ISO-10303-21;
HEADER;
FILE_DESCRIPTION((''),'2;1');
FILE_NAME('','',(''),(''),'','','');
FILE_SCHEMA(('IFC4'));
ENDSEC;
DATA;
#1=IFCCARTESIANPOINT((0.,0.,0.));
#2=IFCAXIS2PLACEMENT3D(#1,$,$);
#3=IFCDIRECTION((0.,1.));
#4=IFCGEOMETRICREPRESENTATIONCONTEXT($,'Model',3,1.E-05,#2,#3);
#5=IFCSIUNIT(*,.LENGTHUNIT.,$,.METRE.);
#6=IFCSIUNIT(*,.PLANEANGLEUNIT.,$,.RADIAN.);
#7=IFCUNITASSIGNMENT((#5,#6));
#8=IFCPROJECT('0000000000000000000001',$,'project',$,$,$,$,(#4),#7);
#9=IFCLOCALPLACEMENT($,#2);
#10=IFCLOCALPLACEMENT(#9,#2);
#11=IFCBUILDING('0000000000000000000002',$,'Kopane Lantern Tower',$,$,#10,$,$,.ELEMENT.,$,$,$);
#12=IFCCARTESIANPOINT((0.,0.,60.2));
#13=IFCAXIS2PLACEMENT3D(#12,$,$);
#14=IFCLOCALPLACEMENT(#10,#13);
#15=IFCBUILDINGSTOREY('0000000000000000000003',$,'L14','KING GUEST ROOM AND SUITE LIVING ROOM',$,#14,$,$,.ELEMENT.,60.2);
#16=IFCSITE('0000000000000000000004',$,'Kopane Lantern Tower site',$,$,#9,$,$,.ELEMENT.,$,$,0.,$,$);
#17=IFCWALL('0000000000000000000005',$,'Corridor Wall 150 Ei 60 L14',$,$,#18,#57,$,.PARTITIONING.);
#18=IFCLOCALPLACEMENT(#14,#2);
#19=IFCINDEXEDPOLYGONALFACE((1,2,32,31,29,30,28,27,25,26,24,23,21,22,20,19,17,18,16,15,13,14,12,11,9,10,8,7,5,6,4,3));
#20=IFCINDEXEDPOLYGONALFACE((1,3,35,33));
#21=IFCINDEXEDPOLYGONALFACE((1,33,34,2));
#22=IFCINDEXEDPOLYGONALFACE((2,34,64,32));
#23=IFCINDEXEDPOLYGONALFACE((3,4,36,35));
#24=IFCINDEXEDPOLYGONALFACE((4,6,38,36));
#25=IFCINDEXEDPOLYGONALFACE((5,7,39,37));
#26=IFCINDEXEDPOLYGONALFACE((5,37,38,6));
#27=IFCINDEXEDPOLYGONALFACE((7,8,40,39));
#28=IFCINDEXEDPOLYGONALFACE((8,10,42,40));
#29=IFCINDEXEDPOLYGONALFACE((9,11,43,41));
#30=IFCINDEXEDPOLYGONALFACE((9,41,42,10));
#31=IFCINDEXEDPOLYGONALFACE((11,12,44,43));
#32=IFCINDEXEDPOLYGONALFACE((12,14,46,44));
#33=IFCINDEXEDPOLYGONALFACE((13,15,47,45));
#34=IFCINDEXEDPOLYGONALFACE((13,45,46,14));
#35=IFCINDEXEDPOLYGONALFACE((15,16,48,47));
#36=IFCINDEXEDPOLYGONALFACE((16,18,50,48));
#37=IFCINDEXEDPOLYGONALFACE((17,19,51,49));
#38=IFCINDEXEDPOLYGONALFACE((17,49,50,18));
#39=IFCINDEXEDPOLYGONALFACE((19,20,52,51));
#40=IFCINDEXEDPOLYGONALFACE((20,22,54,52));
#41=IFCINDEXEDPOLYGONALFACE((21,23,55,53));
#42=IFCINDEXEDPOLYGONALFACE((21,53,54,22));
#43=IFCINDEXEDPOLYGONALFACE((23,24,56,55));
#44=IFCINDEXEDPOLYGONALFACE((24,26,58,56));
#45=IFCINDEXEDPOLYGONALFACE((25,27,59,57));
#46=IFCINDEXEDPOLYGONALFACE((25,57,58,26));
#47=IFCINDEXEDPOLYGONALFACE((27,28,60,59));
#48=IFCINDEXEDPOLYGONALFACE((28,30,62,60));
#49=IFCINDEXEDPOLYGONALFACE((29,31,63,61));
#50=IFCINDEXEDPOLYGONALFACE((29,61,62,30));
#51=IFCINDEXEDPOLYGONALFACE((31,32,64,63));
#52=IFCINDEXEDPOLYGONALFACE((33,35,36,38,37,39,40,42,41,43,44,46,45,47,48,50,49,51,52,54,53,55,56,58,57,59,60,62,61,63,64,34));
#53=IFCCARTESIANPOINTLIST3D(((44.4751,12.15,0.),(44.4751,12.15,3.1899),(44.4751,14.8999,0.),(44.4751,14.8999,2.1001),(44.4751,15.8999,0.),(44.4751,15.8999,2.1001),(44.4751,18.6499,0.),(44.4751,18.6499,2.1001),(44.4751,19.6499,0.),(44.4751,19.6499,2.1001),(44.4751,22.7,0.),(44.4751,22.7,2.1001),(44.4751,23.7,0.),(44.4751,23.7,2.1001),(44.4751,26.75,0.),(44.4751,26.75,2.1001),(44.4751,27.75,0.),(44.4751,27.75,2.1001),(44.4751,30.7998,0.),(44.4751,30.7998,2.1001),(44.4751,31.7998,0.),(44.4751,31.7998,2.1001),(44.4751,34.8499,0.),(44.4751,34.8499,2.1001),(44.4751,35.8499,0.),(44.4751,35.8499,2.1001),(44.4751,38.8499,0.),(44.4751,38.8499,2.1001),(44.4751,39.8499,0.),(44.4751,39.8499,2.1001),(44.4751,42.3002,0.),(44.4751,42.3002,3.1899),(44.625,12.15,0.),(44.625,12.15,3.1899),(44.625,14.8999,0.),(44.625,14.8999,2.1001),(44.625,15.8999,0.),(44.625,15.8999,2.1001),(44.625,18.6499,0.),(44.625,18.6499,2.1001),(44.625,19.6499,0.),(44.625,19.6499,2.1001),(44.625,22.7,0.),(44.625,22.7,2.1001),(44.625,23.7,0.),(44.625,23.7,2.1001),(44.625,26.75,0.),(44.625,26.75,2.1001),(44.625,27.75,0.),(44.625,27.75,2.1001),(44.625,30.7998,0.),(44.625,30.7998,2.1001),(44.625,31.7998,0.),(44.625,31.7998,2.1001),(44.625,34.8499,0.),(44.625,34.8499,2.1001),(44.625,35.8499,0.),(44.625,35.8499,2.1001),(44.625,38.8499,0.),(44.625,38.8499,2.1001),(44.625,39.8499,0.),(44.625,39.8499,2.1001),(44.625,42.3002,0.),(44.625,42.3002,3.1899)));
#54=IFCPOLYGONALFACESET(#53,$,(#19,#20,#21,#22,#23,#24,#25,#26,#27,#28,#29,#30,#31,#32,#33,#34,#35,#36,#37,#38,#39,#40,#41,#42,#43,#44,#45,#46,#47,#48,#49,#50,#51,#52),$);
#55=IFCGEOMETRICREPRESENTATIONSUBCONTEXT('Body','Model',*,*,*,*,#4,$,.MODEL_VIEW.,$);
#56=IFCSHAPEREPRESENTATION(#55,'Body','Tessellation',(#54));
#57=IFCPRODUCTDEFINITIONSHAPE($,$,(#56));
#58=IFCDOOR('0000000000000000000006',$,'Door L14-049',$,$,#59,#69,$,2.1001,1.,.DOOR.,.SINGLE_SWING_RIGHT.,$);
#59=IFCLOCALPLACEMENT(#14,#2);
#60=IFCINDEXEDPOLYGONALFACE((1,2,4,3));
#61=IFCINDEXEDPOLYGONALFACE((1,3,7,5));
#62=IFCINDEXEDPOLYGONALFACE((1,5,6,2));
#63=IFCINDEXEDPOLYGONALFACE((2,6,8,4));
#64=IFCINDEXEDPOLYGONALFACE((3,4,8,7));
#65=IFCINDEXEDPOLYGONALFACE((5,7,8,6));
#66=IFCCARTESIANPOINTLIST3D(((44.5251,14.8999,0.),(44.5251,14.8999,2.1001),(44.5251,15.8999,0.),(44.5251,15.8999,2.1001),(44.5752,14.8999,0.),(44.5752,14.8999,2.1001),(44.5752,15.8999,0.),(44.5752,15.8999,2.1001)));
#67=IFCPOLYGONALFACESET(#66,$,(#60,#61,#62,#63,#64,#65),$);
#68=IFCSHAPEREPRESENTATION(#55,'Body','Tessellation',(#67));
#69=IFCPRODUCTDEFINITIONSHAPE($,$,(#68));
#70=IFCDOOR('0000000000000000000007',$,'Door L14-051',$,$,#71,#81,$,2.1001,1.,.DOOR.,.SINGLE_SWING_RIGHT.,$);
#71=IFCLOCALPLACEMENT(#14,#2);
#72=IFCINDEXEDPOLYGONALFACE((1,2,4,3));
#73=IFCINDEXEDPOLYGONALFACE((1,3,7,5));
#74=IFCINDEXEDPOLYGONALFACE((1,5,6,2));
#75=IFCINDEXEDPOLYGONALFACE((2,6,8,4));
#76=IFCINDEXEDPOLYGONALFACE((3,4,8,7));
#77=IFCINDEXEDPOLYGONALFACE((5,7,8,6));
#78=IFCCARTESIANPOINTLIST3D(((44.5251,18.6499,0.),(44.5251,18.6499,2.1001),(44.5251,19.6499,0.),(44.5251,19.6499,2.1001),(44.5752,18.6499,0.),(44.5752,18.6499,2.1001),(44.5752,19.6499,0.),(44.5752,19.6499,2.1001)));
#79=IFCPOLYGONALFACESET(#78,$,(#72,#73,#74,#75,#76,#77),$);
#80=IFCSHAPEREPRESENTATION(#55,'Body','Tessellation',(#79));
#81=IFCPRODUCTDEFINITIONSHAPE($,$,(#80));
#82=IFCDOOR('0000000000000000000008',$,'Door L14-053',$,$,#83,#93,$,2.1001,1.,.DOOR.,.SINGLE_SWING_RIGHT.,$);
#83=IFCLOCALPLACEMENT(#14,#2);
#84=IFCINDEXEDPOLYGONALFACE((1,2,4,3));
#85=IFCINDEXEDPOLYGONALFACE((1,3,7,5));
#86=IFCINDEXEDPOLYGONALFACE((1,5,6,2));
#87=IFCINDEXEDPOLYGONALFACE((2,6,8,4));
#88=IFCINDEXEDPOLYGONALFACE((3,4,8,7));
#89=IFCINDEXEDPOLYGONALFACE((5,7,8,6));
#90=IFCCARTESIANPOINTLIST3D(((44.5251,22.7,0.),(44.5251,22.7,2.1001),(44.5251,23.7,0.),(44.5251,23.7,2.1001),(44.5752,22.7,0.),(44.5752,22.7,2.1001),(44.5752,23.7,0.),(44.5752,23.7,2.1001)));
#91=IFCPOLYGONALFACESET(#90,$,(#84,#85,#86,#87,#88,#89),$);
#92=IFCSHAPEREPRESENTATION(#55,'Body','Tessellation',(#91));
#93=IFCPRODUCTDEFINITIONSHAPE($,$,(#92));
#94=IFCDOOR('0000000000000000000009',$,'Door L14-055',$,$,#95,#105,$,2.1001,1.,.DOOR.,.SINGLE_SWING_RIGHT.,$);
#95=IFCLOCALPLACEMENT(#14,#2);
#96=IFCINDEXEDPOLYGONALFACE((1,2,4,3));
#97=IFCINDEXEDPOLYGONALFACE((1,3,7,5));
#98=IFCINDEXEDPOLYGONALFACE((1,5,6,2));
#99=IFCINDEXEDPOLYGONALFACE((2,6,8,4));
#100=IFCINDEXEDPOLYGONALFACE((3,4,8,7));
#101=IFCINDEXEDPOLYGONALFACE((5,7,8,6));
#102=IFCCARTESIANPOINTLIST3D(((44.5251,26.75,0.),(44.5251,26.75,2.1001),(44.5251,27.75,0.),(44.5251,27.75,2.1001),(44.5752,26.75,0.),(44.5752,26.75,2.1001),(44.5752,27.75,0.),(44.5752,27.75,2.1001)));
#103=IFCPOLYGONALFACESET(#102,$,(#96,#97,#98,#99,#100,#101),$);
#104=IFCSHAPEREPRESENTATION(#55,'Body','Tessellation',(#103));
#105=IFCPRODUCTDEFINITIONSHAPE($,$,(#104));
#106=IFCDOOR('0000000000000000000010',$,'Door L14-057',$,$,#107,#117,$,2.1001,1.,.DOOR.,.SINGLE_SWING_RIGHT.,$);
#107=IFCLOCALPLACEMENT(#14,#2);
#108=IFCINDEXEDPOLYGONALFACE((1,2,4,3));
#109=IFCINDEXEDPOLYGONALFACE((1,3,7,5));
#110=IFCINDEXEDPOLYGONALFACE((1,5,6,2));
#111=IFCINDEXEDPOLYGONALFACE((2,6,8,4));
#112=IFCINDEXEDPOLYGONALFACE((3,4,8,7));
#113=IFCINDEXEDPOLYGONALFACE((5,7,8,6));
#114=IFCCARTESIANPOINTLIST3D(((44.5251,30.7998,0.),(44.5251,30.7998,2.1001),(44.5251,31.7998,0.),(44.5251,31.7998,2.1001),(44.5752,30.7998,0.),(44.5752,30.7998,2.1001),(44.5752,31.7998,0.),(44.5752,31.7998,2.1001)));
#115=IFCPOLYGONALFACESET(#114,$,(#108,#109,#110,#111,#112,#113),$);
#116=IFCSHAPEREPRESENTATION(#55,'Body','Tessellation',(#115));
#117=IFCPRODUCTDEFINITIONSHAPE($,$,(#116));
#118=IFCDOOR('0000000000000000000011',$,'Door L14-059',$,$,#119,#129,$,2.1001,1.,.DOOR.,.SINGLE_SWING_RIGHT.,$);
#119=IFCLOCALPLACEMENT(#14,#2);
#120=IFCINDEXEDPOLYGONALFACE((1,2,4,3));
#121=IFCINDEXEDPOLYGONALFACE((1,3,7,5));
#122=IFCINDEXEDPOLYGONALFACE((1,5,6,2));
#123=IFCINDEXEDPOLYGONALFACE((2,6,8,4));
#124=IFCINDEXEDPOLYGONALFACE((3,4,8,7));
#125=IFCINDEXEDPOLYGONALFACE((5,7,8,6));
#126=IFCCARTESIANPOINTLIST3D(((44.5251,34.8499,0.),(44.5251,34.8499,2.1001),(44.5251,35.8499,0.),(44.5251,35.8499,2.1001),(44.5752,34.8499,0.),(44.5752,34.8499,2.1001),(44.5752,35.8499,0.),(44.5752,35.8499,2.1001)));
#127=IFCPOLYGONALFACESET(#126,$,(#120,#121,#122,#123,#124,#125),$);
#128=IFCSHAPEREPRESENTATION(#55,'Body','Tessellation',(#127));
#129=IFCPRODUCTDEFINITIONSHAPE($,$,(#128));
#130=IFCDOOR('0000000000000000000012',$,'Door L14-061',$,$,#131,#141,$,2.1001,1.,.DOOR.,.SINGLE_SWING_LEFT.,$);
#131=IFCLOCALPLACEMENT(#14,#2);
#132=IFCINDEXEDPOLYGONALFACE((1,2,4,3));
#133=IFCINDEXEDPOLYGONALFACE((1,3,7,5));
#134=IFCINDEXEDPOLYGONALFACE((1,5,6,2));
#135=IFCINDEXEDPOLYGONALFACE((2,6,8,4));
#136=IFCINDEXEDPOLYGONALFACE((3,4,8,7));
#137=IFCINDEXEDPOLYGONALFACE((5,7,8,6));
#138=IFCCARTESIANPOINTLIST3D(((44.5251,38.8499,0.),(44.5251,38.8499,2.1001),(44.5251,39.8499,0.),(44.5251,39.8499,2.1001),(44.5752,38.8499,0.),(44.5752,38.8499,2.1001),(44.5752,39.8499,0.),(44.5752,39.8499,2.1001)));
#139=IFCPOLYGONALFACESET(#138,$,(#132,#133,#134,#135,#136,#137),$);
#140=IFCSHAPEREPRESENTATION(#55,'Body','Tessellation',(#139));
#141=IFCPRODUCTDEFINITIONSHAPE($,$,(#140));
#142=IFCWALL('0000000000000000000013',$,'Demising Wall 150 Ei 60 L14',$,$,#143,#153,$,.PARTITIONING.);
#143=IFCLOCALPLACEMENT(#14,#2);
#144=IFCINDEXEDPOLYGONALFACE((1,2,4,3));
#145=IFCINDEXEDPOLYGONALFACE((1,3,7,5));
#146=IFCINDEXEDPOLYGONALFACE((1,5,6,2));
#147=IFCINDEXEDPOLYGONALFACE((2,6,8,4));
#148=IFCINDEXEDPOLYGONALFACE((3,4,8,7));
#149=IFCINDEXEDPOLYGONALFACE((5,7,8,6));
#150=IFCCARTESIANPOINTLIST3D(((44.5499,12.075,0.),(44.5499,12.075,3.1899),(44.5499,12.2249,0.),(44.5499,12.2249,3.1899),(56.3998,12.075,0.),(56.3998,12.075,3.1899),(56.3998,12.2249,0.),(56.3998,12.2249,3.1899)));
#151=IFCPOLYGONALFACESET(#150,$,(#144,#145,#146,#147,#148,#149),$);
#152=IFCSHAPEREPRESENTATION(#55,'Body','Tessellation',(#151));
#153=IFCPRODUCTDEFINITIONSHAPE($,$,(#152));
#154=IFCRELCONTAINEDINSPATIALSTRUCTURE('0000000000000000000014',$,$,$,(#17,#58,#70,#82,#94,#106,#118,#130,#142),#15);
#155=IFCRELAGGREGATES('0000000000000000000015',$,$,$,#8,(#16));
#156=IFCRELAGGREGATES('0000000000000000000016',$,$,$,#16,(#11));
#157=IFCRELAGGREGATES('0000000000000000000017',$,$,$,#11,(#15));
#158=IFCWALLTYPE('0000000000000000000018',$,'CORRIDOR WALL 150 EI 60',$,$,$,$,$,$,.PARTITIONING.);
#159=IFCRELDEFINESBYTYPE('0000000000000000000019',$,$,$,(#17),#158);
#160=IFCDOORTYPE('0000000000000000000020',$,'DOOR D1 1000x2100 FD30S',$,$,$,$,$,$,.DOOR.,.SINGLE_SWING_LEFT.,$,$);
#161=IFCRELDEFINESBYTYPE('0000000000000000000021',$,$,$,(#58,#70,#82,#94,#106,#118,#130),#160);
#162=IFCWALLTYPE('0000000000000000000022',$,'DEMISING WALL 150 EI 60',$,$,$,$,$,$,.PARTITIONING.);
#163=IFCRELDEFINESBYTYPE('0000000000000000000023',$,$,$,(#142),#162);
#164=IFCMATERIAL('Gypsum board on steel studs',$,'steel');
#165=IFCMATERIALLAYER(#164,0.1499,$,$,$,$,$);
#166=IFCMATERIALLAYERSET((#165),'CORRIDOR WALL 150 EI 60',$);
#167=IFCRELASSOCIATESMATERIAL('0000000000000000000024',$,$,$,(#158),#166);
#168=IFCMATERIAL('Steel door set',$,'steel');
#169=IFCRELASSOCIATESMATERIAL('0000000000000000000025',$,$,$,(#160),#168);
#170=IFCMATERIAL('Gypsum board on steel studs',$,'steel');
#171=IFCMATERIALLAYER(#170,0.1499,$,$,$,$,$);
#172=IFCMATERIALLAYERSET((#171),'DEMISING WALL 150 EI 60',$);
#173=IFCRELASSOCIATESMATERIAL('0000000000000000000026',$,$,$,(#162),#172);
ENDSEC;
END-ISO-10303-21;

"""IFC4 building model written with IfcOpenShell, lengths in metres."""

from ifc_helpers import new_model, si_unit, direction, frame, frame_2d, origin, place, context, subcontext, project, spatial, rectangle, extrude, material, layer, layer_set, type_object, element, fill, save


model = new_model("IFC4")

# Units and contexts
model_context = context("Model", 3, precision=1e-05, world=origin(), true_north=direction((0.0, 1.0)))
body_context = subcontext(model_context, "Body", "Model", "MODEL_VIEW")
ifc_project = project(units=[si_unit("LENGTHUNIT", "METRE"), si_unit("PLANEANGLEUNIT", "RADIAN")], contexts=[model_context])

# Site, building, storey
site_placement = place(None, origin())
site = spatial("IfcSite", under=ifc_project, at=site_placement, Name="Kopane Lantern Tower site", CompositionType="ELEMENT", RefElevation=0.0)
building_placement = place(site_placement, origin())
building = spatial("IfcBuilding", under=site, at=building_placement, Name="Kopane Lantern Tower", CompositionType="ELEMENT")
storey_placement = place(building_placement, frame((0.0, 0.0, 60.2)))
storey = spatial("IfcBuildingStorey", under=building, at=storey_placement, Name="L14", Description="KING GUEST ROOM AND SUITE LIVING ROOM", CompositionType="ELEMENT", Elevation=60.2)

# Wall, openings, doors
ifc_material_1 = material(Name="Gypsum board on steel studs", Category="steel")
ifc_layer_1 = layer(ifc_material_1, 0.1499)
ifc_layer_set_1 = layer_set([ifc_layer_1], Name="CORRIDOR WALL 150 EI 60")
wall_type_1 = type_object("IfcWallType", Name="CORRIDOR WALL 150 EI 60", PredefinedType="PARTITIONING", material=ifc_layer_set_1)
wall_1_placement = place(storey_placement, frame((44.55, 12.1499, 0.0), z_axis=(0.0, 0.0, 1.0), x_axis=(0.0, 1.0, 0.0)))
wall_1 = element("IfcWall", 1, at=wall_1_placement, inside=storey, type_object=wall_type_1, Name="Corridor Wall 150 Ei 60 L14", PredefinedType="PARTITIONING", context=body_context, shape_type="SweptSolid", body=[
    extrude(rectangle(XDim=30.1501, YDim=0.1499, at=frame_2d((15.0752, 0.0))), origin(), (0.0, 0.0, 1.0), 3.1899),
])
opening_1_placement = place(wall_1_placement, frame((2.75, 0.0, 0.0)))
opening_1 = element("IfcOpeningElement", 2, at=opening_1_placement, cuts=wall_1, PredefinedType="OPENING", context=body_context, shape_type="SweptSolid", body=[
    extrude(rectangle(XDim=1.0, YDim=2.1001, at=frame_2d((0.5, 1.05))), frame((0.0, 0.085, 0.0), z_axis=(0.0, -1.0, 0.0), x_axis=(1.0, 0.0, 0.0)), (0.0, 0.0, 1.0), 0.1699),
])
opening_2_placement = place(wall_1_placement, frame((6.5, 0.0, 0.0)))
opening_2 = element("IfcOpeningElement", 3, at=opening_2_placement, cuts=wall_1, PredefinedType="OPENING", context=body_context, shape_type="SweptSolid", body=[
    extrude(rectangle(XDim=1.0, YDim=2.1001, at=frame_2d((0.5, 1.05))), frame((0.0, 0.085, 0.0), z_axis=(0.0, -1.0, 0.0), x_axis=(1.0, 0.0, 0.0)), (0.0, 0.0, 1.0), 0.1699),
])
opening_3_placement = place(wall_1_placement, frame((10.55, 0.0, 0.0)))
opening_3 = element("IfcOpeningElement", 4, at=opening_3_placement, cuts=wall_1, PredefinedType="OPENING", context=body_context, shape_type="SweptSolid", body=[
    extrude(rectangle(XDim=1.0, YDim=2.1001, at=frame_2d((0.5, 1.05))), frame((0.0, 0.085, 0.0), z_axis=(0.0, -1.0, 0.0), x_axis=(1.0, 0.0, 0.0)), (0.0, 0.0, 1.0), 0.1699),
])
opening_4_placement = place(wall_1_placement, frame((14.6001, 0.0, 0.0)))
opening_4 = element("IfcOpeningElement", 5, at=opening_4_placement, cuts=wall_1, PredefinedType="OPENING", context=body_context, shape_type="SweptSolid", body=[
    extrude(rectangle(XDim=1.0, YDim=2.1001, at=frame_2d((0.5, 1.05))), frame((0.0, 0.085, 0.0), z_axis=(0.0, -1.0, 0.0), x_axis=(1.0, 0.0, 0.0)), (0.0, 0.0, 1.0), 0.1699),
])
opening_5_placement = place(wall_1_placement, frame((18.6499, 0.0, 0.0)))
opening_5 = element("IfcOpeningElement", 6, at=opening_5_placement, cuts=wall_1, PredefinedType="OPENING", context=body_context, shape_type="SweptSolid", body=[
    extrude(rectangle(XDim=1.0, YDim=2.1001, at=frame_2d((0.5, 1.05))), frame((0.0, 0.085, 0.0), z_axis=(0.0, -1.0, 0.0), x_axis=(1.0, 0.0, 0.0)), (0.0, 0.0, 1.0), 0.1699),
])
opening_6_placement = place(wall_1_placement, frame((22.7, 0.0, 0.0)))
opening_6 = element("IfcOpeningElement", 7, at=opening_6_placement, cuts=wall_1, PredefinedType="OPENING", context=body_context, shape_type="SweptSolid", body=[
    extrude(rectangle(XDim=1.0, YDim=2.1001, at=frame_2d((0.5, 1.05))), frame((0.0, 0.085, 0.0), z_axis=(0.0, -1.0, 0.0), x_axis=(1.0, 0.0, 0.0)), (0.0, 0.0, 1.0), 0.1699),
])
opening_7_placement = place(wall_1_placement, frame((26.7, 0.0, 0.0)))
opening_7 = element("IfcOpeningElement", 8, at=opening_7_placement, cuts=wall_1, PredefinedType="OPENING", context=body_context, shape_type="SweptSolid", body=[
    extrude(rectangle(XDim=1.0, YDim=2.1001, at=frame_2d((0.5, 1.05))), frame((0.0, 0.085, 0.0), z_axis=(0.0, -1.0, 0.0), x_axis=(1.0, 0.0, 0.0)), (0.0, 0.0, 1.0), 0.1699),
])
ifc_material_2 = material(Name="Steel door set", Category="steel")
door_type_1 = type_object("IfcDoorType", Name="DOOR D1 1000x2100 FD30S", OperationType="SINGLE_SWING_LEFT", PredefinedType="DOOR", material=ifc_material_2)
door_1_placement = place(opening_1_placement, origin())
door_1 = element("IfcDoor", 9, at=door_1_placement, inside=storey, type_object=door_type_1, Name="Door L14-049", OperationType="SINGLE_SWING_RIGHT", OverallHeight=2.1001, OverallWidth=1.0, PredefinedType="DOOR", context=body_context, shape_type="SweptSolid", body=[
    extrude(rectangle(XDim=1.0, YDim=2.1001, at=frame_2d((0.5, 1.05))), frame((0.0, 0.0249, 0.0), z_axis=(0.0, -1.0, 0.0), x_axis=(1.0, 0.0, 0.0)), (0.0, 0.0, 1.0), 0.05),
])
fill(opening_1, door_1)
door_2_placement = place(opening_2_placement, origin())
door_2 = element("IfcDoor", 10, at=door_2_placement, inside=storey, type_object=door_type_1, Name="Door L14-051", OperationType="SINGLE_SWING_RIGHT", OverallHeight=2.1001, OverallWidth=1.0, PredefinedType="DOOR", context=body_context, shape_type="SweptSolid", body=[
    extrude(rectangle(XDim=1.0, YDim=2.1001, at=frame_2d((0.5, 1.05))), frame((0.0, 0.0249, 0.0), z_axis=(0.0, -1.0, 0.0), x_axis=(1.0, 0.0, 0.0)), (0.0, 0.0, 1.0), 0.05),
])
fill(opening_2, door_2)
door_3_placement = place(opening_3_placement, origin())
door_3 = element("IfcDoor", 11, at=door_3_placement, inside=storey, type_object=door_type_1, Name="Door L14-053", OperationType="SINGLE_SWING_RIGHT", OverallHeight=2.1001, OverallWidth=1.0, PredefinedType="DOOR", context=body_context, shape_type="SweptSolid", body=[
    extrude(rectangle(XDim=1.0, YDim=2.1001, at=frame_2d((0.5, 1.05))), frame((0.0, 0.0249, 0.0), z_axis=(0.0, -1.0, 0.0), x_axis=(1.0, 0.0, 0.0)), (0.0, 0.0, 1.0), 0.05),
])
fill(opening_3, door_3)
door_4_placement = place(opening_4_placement, origin())
door_4 = element("IfcDoor", 12, at=door_4_placement, inside=storey, type_object=door_type_1, Name="Door L14-055", OperationType="SINGLE_SWING_RIGHT", OverallHeight=2.1001, OverallWidth=1.0, PredefinedType="DOOR", context=body_context, shape_type="SweptSolid", body=[
    extrude(rectangle(XDim=1.0, YDim=2.1001, at=frame_2d((0.5, 1.05))), frame((0.0, 0.0249, 0.0), z_axis=(0.0, -1.0, 0.0), x_axis=(1.0, 0.0, 0.0)), (0.0, 0.0, 1.0), 0.05),
])
fill(opening_4, door_4)
door_5_placement = place(opening_5_placement, origin())
door_5 = element("IfcDoor", 13, at=door_5_placement, inside=storey, type_object=door_type_1, Name="Door L14-057", OperationType="SINGLE_SWING_RIGHT", OverallHeight=2.1001, OverallWidth=1.0, PredefinedType="DOOR", context=body_context, shape_type="SweptSolid", body=[
    extrude(rectangle(XDim=1.0, YDim=2.1001, at=frame_2d((0.5, 1.05))), frame((0.0, 0.0249, 0.0), z_axis=(0.0, -1.0, 0.0), x_axis=(1.0, 0.0, 0.0)), (0.0, 0.0, 1.0), 0.05),
])
fill(opening_5, door_5)
door_6_placement = place(opening_6_placement, origin())
door_6 = element("IfcDoor", 14, at=door_6_placement, inside=storey, type_object=door_type_1, Name="Door L14-059", OperationType="SINGLE_SWING_RIGHT", OverallHeight=2.1001, OverallWidth=1.0, PredefinedType="DOOR", context=body_context, shape_type="SweptSolid", body=[
    extrude(rectangle(XDim=1.0, YDim=2.1001, at=frame_2d((0.5, 1.05))), frame((0.0, 0.0249, 0.0), z_axis=(0.0, -1.0, 0.0), x_axis=(1.0, 0.0, 0.0)), (0.0, 0.0, 1.0), 0.05),
])
fill(opening_6, door_6)
door_7_placement = place(opening_7_placement, origin())
door_7 = element("IfcDoor", 15, at=door_7_placement, inside=storey, type_object=door_type_1, Name="Door L14-061", OperationType="SINGLE_SWING_LEFT", OverallHeight=2.1001, OverallWidth=1.0, PredefinedType="DOOR", context=body_context, shape_type="SweptSolid", body=[
    extrude(rectangle(XDim=1.0, YDim=2.1001, at=frame_2d((0.5, 1.05))), frame((0.0, 0.0249, 0.0), z_axis=(0.0, -1.0, 0.0), x_axis=(1.0, 0.0, 0.0)), (0.0, 0.0, 1.0), 0.05),
])
fill(opening_7, door_7)

# Wall
ifc_material_3 = material(Name="Gypsum board on steel studs", Category="steel")
ifc_layer_2 = layer(ifc_material_3, 0.1499)
ifc_layer_set_2 = layer_set([ifc_layer_2], Name="DEMISING WALL 150 EI 60")
wall_type_2 = type_object("IfcWallType", Name="DEMISING WALL 150 EI 60", PredefinedType="PARTITIONING", material=ifc_layer_set_2)
wall_2_placement = place(storey_placement, frame((44.55, 12.1499, 0.0), z_axis=(0.0, 0.0, 1.0), x_axis=(1.0, 0.0, 0.0)))
element("IfcWall", 16, at=wall_2_placement, inside=storey, type_object=wall_type_2, Name="Demising Wall 150 Ei 60 L14", PredefinedType="PARTITIONING", context=body_context, shape_type="SweptSolid", body=[
    extrude(rectangle(XDim=11.8499, YDim=0.1499, at=frame_2d((5.9248, 0.0))), origin(), (0.0, 0.0, 1.0), 3.1899),
])

save(model, "model.ifc")
